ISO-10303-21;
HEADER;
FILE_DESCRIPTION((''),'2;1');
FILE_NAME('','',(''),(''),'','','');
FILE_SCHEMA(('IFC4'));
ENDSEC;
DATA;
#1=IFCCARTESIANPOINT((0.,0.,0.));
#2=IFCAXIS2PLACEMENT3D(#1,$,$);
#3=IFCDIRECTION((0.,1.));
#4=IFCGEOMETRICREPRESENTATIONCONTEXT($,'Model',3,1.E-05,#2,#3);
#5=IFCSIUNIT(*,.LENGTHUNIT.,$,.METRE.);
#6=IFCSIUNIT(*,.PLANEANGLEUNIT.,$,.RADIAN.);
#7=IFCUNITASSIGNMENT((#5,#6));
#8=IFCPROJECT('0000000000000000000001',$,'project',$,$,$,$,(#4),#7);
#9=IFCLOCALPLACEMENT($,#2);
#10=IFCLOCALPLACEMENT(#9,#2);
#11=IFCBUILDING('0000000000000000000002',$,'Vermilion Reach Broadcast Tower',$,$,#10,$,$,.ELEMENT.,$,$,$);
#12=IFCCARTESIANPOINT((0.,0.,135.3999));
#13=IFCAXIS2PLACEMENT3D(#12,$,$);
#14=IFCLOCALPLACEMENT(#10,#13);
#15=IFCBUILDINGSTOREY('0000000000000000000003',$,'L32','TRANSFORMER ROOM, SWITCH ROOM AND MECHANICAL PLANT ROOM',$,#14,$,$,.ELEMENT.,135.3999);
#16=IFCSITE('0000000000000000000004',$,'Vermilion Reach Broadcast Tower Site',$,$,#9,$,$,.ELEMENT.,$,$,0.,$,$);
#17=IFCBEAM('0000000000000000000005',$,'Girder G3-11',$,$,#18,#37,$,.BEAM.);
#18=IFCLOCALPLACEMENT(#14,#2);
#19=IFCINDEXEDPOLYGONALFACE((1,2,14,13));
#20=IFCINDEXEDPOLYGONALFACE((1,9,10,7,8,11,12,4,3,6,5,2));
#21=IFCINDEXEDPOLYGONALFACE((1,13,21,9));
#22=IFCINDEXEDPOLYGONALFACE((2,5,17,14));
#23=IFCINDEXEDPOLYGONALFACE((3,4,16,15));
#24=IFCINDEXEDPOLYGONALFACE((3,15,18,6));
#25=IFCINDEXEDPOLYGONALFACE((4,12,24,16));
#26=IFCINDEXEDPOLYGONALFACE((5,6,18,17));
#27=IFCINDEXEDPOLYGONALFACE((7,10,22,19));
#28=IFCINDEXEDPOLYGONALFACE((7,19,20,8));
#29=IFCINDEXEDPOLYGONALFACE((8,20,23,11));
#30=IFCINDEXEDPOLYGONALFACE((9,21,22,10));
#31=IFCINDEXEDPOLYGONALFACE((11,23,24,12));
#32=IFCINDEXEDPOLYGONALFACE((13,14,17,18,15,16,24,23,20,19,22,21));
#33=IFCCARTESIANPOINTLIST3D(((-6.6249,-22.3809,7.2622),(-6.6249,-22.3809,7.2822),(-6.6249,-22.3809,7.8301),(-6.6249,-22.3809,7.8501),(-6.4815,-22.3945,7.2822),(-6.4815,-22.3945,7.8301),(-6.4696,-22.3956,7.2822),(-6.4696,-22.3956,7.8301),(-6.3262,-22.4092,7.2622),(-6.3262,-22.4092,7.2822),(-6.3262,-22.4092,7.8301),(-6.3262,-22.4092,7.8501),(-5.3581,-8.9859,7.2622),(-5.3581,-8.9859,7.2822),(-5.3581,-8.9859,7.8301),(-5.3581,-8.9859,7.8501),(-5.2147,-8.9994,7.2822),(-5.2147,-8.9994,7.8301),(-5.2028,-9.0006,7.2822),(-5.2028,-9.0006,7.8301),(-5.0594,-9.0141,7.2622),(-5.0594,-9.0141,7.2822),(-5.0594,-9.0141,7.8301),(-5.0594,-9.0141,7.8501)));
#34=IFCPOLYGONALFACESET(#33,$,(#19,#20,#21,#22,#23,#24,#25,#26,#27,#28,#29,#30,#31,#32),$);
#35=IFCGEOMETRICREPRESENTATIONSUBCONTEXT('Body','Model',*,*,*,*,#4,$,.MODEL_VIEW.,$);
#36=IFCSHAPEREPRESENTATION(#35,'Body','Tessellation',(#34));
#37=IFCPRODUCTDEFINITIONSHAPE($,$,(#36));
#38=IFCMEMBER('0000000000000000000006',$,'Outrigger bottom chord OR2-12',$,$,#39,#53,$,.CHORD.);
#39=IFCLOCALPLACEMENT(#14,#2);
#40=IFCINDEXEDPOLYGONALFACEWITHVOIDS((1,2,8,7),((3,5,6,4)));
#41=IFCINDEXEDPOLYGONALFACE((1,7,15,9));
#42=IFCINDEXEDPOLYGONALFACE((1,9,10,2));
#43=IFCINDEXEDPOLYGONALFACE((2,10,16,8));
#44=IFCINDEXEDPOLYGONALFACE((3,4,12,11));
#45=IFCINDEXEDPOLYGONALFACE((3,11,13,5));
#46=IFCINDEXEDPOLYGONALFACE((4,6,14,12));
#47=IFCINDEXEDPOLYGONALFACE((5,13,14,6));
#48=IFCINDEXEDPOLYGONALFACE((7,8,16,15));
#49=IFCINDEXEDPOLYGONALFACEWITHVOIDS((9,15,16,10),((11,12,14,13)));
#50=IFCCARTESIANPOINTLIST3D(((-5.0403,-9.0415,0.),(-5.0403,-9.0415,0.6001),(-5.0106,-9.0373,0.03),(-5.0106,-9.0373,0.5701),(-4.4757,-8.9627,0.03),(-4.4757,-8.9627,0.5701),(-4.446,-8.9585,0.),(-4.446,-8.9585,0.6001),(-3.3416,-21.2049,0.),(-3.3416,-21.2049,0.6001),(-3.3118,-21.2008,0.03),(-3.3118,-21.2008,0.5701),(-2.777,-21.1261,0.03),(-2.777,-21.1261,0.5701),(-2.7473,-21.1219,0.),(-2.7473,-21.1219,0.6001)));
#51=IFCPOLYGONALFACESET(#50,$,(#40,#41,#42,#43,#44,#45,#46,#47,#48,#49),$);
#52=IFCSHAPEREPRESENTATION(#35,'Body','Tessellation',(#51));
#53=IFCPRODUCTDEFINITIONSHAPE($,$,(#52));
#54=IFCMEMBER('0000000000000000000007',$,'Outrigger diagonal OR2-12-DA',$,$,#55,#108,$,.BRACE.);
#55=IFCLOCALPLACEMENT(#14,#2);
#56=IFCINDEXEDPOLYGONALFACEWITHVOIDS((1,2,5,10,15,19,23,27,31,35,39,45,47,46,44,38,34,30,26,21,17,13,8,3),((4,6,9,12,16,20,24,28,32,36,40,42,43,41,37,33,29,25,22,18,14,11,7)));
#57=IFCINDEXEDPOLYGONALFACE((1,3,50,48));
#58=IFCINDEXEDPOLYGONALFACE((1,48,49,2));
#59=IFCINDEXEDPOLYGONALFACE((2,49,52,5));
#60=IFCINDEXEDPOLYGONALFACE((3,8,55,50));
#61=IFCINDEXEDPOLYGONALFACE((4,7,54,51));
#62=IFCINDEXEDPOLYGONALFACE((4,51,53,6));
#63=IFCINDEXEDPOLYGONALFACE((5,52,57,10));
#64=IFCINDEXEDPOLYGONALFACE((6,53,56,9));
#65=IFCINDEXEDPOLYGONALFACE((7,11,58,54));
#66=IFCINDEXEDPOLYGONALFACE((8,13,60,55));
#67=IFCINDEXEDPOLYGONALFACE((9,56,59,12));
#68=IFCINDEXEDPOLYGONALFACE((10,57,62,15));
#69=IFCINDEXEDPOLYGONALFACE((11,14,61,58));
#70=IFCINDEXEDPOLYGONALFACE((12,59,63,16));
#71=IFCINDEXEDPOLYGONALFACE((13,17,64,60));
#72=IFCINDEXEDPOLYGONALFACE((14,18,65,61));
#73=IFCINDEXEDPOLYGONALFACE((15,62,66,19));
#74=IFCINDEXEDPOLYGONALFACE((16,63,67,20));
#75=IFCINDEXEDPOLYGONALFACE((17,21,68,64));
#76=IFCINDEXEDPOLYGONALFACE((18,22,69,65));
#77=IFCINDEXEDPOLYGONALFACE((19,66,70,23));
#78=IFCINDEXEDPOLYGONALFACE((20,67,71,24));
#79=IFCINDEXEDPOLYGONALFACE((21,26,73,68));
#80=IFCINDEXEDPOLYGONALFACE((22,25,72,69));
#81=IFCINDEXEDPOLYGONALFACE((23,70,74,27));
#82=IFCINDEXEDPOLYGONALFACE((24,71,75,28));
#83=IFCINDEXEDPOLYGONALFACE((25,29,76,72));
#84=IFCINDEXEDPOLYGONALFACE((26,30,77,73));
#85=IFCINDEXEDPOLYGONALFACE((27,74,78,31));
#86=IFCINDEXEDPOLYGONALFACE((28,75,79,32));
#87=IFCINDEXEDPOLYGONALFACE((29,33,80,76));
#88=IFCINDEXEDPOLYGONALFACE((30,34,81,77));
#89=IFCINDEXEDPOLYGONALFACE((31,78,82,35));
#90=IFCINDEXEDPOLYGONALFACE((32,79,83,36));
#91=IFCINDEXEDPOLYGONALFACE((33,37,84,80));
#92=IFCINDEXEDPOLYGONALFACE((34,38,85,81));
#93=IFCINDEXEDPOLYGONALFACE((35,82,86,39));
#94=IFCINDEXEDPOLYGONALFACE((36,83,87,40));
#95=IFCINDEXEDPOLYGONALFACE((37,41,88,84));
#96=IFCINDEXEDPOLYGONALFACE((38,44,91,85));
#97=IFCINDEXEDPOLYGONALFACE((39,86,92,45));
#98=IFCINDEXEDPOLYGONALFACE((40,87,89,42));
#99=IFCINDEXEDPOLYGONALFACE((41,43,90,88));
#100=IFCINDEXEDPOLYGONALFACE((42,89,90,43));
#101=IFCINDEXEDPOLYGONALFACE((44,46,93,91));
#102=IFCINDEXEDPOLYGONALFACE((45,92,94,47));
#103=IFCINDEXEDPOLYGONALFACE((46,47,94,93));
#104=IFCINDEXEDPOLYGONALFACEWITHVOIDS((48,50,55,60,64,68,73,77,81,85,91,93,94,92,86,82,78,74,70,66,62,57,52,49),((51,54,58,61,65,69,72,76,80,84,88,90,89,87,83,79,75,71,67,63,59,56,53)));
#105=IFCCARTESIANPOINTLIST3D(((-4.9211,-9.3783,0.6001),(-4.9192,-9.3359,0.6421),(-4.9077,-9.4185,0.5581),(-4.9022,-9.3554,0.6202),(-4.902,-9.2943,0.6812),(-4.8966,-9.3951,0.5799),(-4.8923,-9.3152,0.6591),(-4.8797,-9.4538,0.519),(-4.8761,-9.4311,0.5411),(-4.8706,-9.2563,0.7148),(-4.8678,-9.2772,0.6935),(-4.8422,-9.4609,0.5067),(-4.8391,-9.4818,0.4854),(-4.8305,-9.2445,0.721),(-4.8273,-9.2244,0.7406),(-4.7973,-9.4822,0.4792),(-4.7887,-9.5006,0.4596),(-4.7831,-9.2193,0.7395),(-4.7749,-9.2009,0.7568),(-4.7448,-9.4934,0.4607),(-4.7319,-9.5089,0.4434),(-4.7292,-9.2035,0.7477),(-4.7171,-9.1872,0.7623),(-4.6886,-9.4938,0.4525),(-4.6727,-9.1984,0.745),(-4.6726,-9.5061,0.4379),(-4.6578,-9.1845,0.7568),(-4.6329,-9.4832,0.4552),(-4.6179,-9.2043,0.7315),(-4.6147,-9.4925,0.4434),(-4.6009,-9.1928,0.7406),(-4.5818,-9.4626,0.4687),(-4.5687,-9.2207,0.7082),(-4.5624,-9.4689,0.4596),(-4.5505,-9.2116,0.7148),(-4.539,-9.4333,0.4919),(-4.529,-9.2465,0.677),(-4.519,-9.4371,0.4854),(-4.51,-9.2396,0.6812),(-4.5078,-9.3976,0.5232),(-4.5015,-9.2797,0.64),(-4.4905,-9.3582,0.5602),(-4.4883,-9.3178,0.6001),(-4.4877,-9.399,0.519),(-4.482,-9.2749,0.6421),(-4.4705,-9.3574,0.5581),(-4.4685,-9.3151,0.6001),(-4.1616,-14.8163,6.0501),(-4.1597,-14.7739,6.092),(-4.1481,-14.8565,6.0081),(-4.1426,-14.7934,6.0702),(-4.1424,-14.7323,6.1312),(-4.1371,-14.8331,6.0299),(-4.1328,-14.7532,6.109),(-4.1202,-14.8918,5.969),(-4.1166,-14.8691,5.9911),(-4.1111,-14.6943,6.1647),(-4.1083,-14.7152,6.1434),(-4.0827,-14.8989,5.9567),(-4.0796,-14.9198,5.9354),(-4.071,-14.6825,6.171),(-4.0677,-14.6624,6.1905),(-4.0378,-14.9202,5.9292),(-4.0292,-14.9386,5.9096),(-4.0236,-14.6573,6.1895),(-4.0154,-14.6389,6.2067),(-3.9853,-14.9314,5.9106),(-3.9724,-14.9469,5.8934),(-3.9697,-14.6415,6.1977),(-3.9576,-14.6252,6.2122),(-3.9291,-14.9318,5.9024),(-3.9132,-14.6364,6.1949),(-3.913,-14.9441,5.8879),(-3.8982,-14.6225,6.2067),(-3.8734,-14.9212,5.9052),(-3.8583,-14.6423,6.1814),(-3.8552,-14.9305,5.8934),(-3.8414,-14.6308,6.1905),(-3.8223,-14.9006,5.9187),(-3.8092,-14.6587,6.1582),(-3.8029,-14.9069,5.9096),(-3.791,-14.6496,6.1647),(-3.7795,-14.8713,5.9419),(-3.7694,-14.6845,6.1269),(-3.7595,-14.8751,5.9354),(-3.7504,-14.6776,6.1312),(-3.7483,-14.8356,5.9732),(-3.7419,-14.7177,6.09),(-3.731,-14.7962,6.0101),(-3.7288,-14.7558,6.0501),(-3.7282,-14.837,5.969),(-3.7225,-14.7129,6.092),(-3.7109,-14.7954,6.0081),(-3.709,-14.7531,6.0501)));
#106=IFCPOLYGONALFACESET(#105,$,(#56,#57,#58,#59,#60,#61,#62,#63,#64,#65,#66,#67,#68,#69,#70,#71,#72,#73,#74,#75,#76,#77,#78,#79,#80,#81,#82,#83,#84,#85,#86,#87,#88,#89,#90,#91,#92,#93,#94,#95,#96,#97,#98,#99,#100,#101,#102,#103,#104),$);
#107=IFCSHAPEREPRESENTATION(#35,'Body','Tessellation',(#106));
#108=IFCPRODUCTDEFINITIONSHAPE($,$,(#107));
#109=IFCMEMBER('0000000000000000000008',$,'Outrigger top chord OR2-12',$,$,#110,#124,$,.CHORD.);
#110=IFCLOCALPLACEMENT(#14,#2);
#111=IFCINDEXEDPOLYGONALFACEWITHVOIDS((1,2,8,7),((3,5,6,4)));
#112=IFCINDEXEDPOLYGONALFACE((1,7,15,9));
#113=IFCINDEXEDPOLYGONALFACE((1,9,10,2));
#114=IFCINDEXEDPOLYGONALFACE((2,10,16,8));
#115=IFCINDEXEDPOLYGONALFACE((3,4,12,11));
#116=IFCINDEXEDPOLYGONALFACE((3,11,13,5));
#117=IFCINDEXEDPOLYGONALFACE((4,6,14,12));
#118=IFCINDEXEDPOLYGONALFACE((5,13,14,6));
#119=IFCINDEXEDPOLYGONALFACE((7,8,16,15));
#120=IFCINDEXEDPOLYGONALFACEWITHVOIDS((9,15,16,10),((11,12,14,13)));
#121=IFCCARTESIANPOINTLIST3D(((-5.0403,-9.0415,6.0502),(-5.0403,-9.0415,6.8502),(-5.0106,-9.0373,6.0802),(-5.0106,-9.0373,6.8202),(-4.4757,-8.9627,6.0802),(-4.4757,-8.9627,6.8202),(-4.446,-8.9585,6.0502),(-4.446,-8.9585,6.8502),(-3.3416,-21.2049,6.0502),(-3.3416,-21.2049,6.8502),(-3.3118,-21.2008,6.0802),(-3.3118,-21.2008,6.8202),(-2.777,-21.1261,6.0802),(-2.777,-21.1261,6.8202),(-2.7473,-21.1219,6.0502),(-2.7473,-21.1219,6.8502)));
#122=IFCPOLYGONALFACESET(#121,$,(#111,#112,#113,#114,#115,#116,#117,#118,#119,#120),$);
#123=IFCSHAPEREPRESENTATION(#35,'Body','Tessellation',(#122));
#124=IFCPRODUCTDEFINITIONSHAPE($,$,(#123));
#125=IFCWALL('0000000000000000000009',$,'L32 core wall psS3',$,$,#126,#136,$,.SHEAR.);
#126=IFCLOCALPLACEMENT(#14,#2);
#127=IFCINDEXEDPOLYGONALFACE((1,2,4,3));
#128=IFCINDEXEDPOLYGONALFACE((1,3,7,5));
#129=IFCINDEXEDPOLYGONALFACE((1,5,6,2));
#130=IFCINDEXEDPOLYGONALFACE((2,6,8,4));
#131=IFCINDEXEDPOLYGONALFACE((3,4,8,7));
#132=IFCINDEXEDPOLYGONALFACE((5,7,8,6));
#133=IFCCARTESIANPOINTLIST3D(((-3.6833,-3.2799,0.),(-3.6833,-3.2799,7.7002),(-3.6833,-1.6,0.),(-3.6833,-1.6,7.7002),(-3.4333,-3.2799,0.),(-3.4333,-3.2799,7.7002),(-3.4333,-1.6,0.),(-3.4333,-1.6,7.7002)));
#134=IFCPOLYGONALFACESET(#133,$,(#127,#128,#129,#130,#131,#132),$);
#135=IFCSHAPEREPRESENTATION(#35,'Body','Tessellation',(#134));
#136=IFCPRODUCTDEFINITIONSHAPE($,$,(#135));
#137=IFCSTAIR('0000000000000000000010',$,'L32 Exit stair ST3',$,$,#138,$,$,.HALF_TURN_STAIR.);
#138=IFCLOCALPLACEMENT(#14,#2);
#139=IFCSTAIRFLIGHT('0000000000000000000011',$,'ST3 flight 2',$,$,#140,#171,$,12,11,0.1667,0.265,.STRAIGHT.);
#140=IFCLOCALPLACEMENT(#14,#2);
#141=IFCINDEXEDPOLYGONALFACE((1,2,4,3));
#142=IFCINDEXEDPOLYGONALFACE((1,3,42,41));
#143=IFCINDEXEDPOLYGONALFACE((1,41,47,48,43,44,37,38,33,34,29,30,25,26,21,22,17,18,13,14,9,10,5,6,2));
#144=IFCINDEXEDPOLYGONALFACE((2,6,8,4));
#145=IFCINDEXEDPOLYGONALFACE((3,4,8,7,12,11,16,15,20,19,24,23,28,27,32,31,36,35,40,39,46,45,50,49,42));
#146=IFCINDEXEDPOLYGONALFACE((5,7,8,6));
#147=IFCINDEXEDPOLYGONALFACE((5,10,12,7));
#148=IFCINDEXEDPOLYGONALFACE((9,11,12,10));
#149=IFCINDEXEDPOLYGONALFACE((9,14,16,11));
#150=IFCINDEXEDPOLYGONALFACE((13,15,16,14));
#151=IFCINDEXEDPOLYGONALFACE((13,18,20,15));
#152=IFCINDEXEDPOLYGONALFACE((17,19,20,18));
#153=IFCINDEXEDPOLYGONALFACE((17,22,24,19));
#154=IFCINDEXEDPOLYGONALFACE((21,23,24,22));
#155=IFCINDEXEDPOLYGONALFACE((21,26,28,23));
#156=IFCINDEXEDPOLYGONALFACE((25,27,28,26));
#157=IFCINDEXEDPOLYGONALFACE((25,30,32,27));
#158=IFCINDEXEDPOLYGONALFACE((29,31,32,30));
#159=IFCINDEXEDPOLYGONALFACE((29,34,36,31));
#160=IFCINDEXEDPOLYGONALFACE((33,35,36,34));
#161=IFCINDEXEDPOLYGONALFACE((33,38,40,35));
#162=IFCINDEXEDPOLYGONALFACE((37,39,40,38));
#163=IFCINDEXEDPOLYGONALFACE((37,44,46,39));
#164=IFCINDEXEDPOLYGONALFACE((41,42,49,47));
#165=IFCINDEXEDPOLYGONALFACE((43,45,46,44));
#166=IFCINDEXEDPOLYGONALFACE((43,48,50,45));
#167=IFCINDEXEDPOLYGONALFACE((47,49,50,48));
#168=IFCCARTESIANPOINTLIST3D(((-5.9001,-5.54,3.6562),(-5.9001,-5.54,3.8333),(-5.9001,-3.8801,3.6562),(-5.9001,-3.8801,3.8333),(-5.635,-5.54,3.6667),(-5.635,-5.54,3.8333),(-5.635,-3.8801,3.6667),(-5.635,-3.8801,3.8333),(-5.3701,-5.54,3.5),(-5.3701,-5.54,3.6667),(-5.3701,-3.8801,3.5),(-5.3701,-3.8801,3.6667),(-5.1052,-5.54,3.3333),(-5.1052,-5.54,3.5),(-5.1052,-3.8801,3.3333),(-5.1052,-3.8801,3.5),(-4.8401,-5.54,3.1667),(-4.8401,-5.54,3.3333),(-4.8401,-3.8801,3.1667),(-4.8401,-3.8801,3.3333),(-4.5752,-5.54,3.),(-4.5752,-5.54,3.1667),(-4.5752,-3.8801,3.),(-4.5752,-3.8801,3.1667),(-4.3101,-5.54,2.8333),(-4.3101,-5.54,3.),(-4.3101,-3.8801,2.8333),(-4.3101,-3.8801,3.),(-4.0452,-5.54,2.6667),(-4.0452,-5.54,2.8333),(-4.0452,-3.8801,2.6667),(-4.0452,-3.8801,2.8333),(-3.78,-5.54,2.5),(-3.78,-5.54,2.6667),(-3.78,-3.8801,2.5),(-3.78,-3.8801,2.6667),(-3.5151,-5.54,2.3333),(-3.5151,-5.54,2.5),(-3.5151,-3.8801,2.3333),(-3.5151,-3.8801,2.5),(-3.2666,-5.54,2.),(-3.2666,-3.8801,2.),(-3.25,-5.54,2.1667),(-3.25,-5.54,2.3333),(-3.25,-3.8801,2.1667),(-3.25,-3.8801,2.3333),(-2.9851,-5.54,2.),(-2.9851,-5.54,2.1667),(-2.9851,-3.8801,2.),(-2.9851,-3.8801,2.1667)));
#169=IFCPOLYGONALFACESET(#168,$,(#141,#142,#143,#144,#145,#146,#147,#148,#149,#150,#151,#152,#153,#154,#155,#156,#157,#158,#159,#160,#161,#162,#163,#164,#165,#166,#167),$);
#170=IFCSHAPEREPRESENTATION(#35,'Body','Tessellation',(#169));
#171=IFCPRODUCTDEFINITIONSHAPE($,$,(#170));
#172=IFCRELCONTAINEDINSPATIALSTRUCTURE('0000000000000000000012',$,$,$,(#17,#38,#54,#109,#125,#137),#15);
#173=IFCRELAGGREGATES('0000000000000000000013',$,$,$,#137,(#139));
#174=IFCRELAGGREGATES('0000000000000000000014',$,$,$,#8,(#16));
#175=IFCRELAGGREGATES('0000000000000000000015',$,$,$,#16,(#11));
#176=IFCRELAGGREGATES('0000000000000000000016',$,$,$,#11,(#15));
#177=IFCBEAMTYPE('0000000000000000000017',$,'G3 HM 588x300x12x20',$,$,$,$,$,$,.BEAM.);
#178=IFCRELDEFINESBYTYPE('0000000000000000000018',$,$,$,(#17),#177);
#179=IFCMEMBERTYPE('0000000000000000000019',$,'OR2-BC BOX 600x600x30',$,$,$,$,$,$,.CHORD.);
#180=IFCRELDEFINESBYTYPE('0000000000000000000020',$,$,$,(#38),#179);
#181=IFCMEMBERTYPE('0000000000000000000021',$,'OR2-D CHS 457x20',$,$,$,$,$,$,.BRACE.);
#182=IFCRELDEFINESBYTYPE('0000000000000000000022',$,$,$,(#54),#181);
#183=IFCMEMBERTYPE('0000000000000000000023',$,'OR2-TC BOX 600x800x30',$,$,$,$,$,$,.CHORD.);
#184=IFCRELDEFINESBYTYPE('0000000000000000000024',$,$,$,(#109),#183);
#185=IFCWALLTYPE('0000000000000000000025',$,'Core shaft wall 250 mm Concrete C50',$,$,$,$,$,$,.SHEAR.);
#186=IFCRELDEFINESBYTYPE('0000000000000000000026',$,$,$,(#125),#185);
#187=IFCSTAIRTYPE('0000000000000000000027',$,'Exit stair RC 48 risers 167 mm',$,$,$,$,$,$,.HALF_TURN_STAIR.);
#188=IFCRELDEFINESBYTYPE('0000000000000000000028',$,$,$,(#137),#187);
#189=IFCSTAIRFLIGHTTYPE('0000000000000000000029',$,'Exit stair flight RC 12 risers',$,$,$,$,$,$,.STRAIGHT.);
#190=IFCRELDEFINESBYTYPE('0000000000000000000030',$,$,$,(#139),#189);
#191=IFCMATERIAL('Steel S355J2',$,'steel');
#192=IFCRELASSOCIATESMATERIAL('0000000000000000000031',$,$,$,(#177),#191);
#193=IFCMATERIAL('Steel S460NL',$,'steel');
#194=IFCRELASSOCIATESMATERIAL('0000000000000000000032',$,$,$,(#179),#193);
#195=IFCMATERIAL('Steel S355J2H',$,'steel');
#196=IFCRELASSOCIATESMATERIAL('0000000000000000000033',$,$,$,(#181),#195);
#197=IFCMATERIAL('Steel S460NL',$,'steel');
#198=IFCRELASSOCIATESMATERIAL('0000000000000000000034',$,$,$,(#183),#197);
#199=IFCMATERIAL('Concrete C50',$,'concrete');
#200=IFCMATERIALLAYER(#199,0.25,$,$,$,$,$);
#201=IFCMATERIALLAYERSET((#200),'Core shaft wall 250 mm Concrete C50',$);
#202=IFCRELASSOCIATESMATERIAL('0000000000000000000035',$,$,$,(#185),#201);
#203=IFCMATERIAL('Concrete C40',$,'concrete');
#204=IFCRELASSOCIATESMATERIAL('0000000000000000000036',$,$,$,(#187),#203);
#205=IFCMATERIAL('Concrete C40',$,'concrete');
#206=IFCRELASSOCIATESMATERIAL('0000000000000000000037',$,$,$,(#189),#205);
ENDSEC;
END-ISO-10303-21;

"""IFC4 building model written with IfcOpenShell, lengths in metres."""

from ifc_helpers import new_model, si_unit, direction, frame, frame_2d, origin, origin_2d, place, context, subcontext, project, spatial, polyline, rectangle, hollow_rectangle, hollow_circle, i_section, outline, extrude, material, layer, layer_set, material_profile, profile_set, type_object, element, aggregate, save


model = new_model("IFC4")

# Units and contexts
model_context = context("Model", 3, precision=1e-05, world=origin(), true_north=direction((0.0, 1.0)))
body_context = subcontext(model_context, "Body", "Model", "MODEL_VIEW")
ifc_project = project(units=[si_unit("LENGTHUNIT", "METRE"), si_unit("PLANEANGLEUNIT", "RADIAN")], contexts=[model_context])

# Site, building, storey
site_placement = place(None, origin())
site = spatial("IfcSite", under=ifc_project, at=site_placement, Name="Vermilion Reach Broadcast Tower Site", CompositionType="ELEMENT", RefElevation=0.0)
building_placement = place(site_placement, origin())
building = spatial("IfcBuilding", under=site, at=building_placement, Name="Vermilion Reach Broadcast Tower", CompositionType="ELEMENT")
storey_placement = place(building_placement, frame((0.0, 0.0, 135.3999)))
storey = spatial("IfcBuildingStorey", under=building, at=storey_placement, Name="L32", Description="TRANSFORMER ROOM, SWITCH ROOM AND MECHANICAL PLANT ROOM", CompositionType="ELEMENT", Elevation=135.3999)

# Beam
ifc_material_1 = material(Name="Steel S355J2", Category="steel")
ifc_material_profile_1 = material_profile(ifc_material_1, i_section(OverallWidth=0.3, OverallDepth=0.5879, WebThickness=0.012, FlangeThickness=0.02, at=origin_2d()), Name="S355J2 HM 588x300x12x20")
ifc_profile_set_1 = profile_set([ifc_material_profile_1], Name="Steel S355J2")
beam_type = type_object("IfcBeamType", Name="G3 HM 588x300x12x20", PredefinedType="BEAM", material=ifc_profile_set_1)
beam_placement = place(storey_placement, frame((-5.2087, -9.0, 7.5562), z_axis=(-0.094156, -0.995557, 0.0), x_axis=(0.995557, -0.094156, 0.0)))
element("IfcBeam", 1, at=beam_placement, inside=storey, type_object=beam_type, Name="Girder G3-11", PredefinedType="BEAM", context=body_context, shape_type="SweptSolid", body=[
    extrude(i_section(OverallWidth=0.3, OverallDepth=0.5879, WebThickness=0.012, FlangeThickness=0.02, at=origin_2d()), origin(), (0.0, 0.0, 1.0), 13.4548),
])

# Members
ifc_material_2 = material(Name="Steel S460NL", Category="steel")
ifc_material_profile_2 = material_profile(ifc_material_2, hollow_rectangle(XDim=0.6001, YDim=0.6001, WallThickness=0.03, at=origin_2d()), Name="S460NL BOX 600x600x30")
ifc_profile_set_2 = profile_set([ifc_material_profile_2], Name="Steel S460NL")
member_type_1 = type_object("IfcMemberType", Name="OR2-BC BOX 600x600x30", PredefinedType="CHORD", material=ifc_profile_set_2)
member_1_placement = place(storey_placement, frame((-4.7432, -9.0, 0.3), z_axis=(0.138318, -0.990388, 0.0), x_axis=(0.990388, 0.138318, 0.0)))
element("IfcMember", 2, at=member_1_placement, inside=storey, type_object=member_type_1, Name="Outrigger bottom chord OR2-12", PredefinedType="CHORD", context=body_context, shape_type="SweptSolid", body=[
    extrude(hollow_rectangle(XDim=0.6001, YDim=0.6001, WallThickness=0.03, at=origin_2d()), origin(), (0.0, 0.0, 1.0), 12.2815),
])
ifc_material_3 = material(Name="Steel S355J2H", Category="steel")
ifc_material_profile_3 = material_profile(ifc_material_3, hollow_circle(Radius=0.2285, WallThickness=0.02, at=origin_2d()), Name="S355J2H CHS 457x20")
ifc_profile_set_3 = profile_set([ifc_material_profile_3], Name="Steel S355J2H")
member_type_2 = type_object("IfcMemberType", Name="OR2-D CHS 457x20", PredefinedType="BRACE", material=ifc_profile_set_3)
member_2_placement = place(storey_placement, frame((-4.6948, -9.3467, 0.6001), z_axis=(0.098176, -0.702917, 0.704464), x_axis=(0.990387, 0.138327, 0.0)))
element("IfcMember", 3, at=member_2_placement, inside=storey, type_object=member_type_2, Name="Outrigger diagonal OR2-12-DA", PredefinedType="BRACE", context=body_context, shape_type="SweptSolid", body=[
    extrude(hollow_circle(Radius=0.2285, WallThickness=0.02, at=origin_2d()), origin(), (0.0, 0.0, 1.0), 7.7363),
])
ifc_material_4 = material(Name="Steel S460NL", Category="steel")
ifc_material_profile_4 = material_profile(ifc_material_4, hollow_rectangle(XDim=0.6001, YDim=0.8, WallThickness=0.03, at=origin_2d()), Name="S460NL BOX 600x800x30")
ifc_profile_set_4 = profile_set([ifc_material_profile_4], Name="Steel S460NL")
member_type_3 = type_object("IfcMemberType", Name="OR2-TC BOX 600x800x30", PredefinedType="CHORD", material=ifc_profile_set_4)
member_3_placement = place(storey_placement, frame((-4.7432, -9.0, 6.4502), z_axis=(0.138318, -0.990388, 0.0), x_axis=(0.990388, 0.138318, 0.0)))
element("IfcMember", 4, at=member_3_placement, inside=storey, type_object=member_type_3, Name="Outrigger top chord OR2-12", PredefinedType="CHORD", context=body_context, shape_type="SweptSolid", body=[
    extrude(hollow_rectangle(XDim=0.6001, YDim=0.8, WallThickness=0.03, at=origin_2d()), origin(), (0.0, 0.0, 1.0), 12.2815),
])

# Wall
ifc_material_5 = material(Name="Concrete C50", Category="concrete")
ifc_layer = layer(ifc_material_5, 0.25)
ifc_layer_set = layer_set([ifc_layer], Name="Core shaft wall 250 mm Concrete C50")
wall_type = type_object("IfcWallType", Name="Core shaft wall 250 mm Concrete C50", PredefinedType="SHEAR", material=ifc_layer_set)
wall_placement = place(storey_placement, frame((-3.5583, -1.6001, 0.0), z_axis=(0.0, 0.0, 1.0), x_axis=(0.0, -1.0, 0.0)))
element("IfcWall", 5, at=wall_placement, inside=storey, type_object=wall_type, Name="L32 core wall psS3", PredefinedType="SHEAR", context=body_context, shape_type="SweptSolid", body=[
    extrude(rectangle(XDim=1.6799, YDim=0.25, at=frame_2d((0.8398, 0.0))), origin(), (0.0, 0.0, 1.0), 7.7002),
])

# Stair, stair flight
ifc_material_6 = material(Name="Concrete C40", Category="concrete")
stair_type = type_object("IfcStairType", Name="Exit stair RC 48 risers 167 mm", PredefinedType="HALF_TURN_STAIR", material=ifc_material_6)
stair_placement = place(storey_placement, origin())
stair = element("IfcStair", 6, at=stair_placement, inside=storey, type_object=stair_type, Name="L32 Exit stair ST3", PredefinedType="HALF_TURN_STAIR")
ifc_material_7 = material(Name="Concrete C40", Category="concrete")
stair_flight_type = type_object("IfcStairFlightType", Name="Exit stair flight RC 12 risers", PredefinedType="STRAIGHT", material=ifc_material_7)
stair_flight_1_placement = place(storey_placement, frame((-2.9851, -4.71, 2.0), z_axis=(0.0, 0.0, 1.0), x_axis=(-1.0, 0.0, 0.0)))
stair_flight_1 = element("IfcStairFlight", 7, at=stair_flight_1_placement, type_object=stair_flight_type, Name="ST3 flight 2", NumberOfRisers=12, NumberOfTreads=11, PredefinedType="STRAIGHT", RiserHeight=0.1667, TreadLength=0.265, context=body_context, shape_type="SweptSolid", body=[
    extrude(outline(polyline([(0.0, 0.0), (0.0, 0.1667), (0.2649, 0.1667), (0.2649, 0.3333), (0.53, 0.3333), (0.53, 0.5), (0.7949, 0.5), (0.7949, 0.6667), (1.0601, 0.6667), (1.0601, 0.8333), (1.325, 0.8333), (1.325, 1.0), (1.5901, 1.0), (1.5901, 1.1667), (1.855, 1.1667), (1.855, 1.3333), (2.1201, 1.3333), (2.1201, 1.5), (2.385, 1.5), (2.385, 1.6667), (2.6499, 1.6667), (2.6499, 1.8333), (2.915, 1.8333), (2.915, 2.0), (2.915, 1.6562), (0.2815, 0.0), (0.0, 0.0)])), frame((0.0, 0.8301, 0.0), z_axis=(0.0, -1.0, 0.0), x_axis=(1.0, 0.0, 0.0)), (0.0, 0.0, 1.0), 1.6599),
])
aggregate(stair, [stair_flight_1])

save(model, "model.ifc")
